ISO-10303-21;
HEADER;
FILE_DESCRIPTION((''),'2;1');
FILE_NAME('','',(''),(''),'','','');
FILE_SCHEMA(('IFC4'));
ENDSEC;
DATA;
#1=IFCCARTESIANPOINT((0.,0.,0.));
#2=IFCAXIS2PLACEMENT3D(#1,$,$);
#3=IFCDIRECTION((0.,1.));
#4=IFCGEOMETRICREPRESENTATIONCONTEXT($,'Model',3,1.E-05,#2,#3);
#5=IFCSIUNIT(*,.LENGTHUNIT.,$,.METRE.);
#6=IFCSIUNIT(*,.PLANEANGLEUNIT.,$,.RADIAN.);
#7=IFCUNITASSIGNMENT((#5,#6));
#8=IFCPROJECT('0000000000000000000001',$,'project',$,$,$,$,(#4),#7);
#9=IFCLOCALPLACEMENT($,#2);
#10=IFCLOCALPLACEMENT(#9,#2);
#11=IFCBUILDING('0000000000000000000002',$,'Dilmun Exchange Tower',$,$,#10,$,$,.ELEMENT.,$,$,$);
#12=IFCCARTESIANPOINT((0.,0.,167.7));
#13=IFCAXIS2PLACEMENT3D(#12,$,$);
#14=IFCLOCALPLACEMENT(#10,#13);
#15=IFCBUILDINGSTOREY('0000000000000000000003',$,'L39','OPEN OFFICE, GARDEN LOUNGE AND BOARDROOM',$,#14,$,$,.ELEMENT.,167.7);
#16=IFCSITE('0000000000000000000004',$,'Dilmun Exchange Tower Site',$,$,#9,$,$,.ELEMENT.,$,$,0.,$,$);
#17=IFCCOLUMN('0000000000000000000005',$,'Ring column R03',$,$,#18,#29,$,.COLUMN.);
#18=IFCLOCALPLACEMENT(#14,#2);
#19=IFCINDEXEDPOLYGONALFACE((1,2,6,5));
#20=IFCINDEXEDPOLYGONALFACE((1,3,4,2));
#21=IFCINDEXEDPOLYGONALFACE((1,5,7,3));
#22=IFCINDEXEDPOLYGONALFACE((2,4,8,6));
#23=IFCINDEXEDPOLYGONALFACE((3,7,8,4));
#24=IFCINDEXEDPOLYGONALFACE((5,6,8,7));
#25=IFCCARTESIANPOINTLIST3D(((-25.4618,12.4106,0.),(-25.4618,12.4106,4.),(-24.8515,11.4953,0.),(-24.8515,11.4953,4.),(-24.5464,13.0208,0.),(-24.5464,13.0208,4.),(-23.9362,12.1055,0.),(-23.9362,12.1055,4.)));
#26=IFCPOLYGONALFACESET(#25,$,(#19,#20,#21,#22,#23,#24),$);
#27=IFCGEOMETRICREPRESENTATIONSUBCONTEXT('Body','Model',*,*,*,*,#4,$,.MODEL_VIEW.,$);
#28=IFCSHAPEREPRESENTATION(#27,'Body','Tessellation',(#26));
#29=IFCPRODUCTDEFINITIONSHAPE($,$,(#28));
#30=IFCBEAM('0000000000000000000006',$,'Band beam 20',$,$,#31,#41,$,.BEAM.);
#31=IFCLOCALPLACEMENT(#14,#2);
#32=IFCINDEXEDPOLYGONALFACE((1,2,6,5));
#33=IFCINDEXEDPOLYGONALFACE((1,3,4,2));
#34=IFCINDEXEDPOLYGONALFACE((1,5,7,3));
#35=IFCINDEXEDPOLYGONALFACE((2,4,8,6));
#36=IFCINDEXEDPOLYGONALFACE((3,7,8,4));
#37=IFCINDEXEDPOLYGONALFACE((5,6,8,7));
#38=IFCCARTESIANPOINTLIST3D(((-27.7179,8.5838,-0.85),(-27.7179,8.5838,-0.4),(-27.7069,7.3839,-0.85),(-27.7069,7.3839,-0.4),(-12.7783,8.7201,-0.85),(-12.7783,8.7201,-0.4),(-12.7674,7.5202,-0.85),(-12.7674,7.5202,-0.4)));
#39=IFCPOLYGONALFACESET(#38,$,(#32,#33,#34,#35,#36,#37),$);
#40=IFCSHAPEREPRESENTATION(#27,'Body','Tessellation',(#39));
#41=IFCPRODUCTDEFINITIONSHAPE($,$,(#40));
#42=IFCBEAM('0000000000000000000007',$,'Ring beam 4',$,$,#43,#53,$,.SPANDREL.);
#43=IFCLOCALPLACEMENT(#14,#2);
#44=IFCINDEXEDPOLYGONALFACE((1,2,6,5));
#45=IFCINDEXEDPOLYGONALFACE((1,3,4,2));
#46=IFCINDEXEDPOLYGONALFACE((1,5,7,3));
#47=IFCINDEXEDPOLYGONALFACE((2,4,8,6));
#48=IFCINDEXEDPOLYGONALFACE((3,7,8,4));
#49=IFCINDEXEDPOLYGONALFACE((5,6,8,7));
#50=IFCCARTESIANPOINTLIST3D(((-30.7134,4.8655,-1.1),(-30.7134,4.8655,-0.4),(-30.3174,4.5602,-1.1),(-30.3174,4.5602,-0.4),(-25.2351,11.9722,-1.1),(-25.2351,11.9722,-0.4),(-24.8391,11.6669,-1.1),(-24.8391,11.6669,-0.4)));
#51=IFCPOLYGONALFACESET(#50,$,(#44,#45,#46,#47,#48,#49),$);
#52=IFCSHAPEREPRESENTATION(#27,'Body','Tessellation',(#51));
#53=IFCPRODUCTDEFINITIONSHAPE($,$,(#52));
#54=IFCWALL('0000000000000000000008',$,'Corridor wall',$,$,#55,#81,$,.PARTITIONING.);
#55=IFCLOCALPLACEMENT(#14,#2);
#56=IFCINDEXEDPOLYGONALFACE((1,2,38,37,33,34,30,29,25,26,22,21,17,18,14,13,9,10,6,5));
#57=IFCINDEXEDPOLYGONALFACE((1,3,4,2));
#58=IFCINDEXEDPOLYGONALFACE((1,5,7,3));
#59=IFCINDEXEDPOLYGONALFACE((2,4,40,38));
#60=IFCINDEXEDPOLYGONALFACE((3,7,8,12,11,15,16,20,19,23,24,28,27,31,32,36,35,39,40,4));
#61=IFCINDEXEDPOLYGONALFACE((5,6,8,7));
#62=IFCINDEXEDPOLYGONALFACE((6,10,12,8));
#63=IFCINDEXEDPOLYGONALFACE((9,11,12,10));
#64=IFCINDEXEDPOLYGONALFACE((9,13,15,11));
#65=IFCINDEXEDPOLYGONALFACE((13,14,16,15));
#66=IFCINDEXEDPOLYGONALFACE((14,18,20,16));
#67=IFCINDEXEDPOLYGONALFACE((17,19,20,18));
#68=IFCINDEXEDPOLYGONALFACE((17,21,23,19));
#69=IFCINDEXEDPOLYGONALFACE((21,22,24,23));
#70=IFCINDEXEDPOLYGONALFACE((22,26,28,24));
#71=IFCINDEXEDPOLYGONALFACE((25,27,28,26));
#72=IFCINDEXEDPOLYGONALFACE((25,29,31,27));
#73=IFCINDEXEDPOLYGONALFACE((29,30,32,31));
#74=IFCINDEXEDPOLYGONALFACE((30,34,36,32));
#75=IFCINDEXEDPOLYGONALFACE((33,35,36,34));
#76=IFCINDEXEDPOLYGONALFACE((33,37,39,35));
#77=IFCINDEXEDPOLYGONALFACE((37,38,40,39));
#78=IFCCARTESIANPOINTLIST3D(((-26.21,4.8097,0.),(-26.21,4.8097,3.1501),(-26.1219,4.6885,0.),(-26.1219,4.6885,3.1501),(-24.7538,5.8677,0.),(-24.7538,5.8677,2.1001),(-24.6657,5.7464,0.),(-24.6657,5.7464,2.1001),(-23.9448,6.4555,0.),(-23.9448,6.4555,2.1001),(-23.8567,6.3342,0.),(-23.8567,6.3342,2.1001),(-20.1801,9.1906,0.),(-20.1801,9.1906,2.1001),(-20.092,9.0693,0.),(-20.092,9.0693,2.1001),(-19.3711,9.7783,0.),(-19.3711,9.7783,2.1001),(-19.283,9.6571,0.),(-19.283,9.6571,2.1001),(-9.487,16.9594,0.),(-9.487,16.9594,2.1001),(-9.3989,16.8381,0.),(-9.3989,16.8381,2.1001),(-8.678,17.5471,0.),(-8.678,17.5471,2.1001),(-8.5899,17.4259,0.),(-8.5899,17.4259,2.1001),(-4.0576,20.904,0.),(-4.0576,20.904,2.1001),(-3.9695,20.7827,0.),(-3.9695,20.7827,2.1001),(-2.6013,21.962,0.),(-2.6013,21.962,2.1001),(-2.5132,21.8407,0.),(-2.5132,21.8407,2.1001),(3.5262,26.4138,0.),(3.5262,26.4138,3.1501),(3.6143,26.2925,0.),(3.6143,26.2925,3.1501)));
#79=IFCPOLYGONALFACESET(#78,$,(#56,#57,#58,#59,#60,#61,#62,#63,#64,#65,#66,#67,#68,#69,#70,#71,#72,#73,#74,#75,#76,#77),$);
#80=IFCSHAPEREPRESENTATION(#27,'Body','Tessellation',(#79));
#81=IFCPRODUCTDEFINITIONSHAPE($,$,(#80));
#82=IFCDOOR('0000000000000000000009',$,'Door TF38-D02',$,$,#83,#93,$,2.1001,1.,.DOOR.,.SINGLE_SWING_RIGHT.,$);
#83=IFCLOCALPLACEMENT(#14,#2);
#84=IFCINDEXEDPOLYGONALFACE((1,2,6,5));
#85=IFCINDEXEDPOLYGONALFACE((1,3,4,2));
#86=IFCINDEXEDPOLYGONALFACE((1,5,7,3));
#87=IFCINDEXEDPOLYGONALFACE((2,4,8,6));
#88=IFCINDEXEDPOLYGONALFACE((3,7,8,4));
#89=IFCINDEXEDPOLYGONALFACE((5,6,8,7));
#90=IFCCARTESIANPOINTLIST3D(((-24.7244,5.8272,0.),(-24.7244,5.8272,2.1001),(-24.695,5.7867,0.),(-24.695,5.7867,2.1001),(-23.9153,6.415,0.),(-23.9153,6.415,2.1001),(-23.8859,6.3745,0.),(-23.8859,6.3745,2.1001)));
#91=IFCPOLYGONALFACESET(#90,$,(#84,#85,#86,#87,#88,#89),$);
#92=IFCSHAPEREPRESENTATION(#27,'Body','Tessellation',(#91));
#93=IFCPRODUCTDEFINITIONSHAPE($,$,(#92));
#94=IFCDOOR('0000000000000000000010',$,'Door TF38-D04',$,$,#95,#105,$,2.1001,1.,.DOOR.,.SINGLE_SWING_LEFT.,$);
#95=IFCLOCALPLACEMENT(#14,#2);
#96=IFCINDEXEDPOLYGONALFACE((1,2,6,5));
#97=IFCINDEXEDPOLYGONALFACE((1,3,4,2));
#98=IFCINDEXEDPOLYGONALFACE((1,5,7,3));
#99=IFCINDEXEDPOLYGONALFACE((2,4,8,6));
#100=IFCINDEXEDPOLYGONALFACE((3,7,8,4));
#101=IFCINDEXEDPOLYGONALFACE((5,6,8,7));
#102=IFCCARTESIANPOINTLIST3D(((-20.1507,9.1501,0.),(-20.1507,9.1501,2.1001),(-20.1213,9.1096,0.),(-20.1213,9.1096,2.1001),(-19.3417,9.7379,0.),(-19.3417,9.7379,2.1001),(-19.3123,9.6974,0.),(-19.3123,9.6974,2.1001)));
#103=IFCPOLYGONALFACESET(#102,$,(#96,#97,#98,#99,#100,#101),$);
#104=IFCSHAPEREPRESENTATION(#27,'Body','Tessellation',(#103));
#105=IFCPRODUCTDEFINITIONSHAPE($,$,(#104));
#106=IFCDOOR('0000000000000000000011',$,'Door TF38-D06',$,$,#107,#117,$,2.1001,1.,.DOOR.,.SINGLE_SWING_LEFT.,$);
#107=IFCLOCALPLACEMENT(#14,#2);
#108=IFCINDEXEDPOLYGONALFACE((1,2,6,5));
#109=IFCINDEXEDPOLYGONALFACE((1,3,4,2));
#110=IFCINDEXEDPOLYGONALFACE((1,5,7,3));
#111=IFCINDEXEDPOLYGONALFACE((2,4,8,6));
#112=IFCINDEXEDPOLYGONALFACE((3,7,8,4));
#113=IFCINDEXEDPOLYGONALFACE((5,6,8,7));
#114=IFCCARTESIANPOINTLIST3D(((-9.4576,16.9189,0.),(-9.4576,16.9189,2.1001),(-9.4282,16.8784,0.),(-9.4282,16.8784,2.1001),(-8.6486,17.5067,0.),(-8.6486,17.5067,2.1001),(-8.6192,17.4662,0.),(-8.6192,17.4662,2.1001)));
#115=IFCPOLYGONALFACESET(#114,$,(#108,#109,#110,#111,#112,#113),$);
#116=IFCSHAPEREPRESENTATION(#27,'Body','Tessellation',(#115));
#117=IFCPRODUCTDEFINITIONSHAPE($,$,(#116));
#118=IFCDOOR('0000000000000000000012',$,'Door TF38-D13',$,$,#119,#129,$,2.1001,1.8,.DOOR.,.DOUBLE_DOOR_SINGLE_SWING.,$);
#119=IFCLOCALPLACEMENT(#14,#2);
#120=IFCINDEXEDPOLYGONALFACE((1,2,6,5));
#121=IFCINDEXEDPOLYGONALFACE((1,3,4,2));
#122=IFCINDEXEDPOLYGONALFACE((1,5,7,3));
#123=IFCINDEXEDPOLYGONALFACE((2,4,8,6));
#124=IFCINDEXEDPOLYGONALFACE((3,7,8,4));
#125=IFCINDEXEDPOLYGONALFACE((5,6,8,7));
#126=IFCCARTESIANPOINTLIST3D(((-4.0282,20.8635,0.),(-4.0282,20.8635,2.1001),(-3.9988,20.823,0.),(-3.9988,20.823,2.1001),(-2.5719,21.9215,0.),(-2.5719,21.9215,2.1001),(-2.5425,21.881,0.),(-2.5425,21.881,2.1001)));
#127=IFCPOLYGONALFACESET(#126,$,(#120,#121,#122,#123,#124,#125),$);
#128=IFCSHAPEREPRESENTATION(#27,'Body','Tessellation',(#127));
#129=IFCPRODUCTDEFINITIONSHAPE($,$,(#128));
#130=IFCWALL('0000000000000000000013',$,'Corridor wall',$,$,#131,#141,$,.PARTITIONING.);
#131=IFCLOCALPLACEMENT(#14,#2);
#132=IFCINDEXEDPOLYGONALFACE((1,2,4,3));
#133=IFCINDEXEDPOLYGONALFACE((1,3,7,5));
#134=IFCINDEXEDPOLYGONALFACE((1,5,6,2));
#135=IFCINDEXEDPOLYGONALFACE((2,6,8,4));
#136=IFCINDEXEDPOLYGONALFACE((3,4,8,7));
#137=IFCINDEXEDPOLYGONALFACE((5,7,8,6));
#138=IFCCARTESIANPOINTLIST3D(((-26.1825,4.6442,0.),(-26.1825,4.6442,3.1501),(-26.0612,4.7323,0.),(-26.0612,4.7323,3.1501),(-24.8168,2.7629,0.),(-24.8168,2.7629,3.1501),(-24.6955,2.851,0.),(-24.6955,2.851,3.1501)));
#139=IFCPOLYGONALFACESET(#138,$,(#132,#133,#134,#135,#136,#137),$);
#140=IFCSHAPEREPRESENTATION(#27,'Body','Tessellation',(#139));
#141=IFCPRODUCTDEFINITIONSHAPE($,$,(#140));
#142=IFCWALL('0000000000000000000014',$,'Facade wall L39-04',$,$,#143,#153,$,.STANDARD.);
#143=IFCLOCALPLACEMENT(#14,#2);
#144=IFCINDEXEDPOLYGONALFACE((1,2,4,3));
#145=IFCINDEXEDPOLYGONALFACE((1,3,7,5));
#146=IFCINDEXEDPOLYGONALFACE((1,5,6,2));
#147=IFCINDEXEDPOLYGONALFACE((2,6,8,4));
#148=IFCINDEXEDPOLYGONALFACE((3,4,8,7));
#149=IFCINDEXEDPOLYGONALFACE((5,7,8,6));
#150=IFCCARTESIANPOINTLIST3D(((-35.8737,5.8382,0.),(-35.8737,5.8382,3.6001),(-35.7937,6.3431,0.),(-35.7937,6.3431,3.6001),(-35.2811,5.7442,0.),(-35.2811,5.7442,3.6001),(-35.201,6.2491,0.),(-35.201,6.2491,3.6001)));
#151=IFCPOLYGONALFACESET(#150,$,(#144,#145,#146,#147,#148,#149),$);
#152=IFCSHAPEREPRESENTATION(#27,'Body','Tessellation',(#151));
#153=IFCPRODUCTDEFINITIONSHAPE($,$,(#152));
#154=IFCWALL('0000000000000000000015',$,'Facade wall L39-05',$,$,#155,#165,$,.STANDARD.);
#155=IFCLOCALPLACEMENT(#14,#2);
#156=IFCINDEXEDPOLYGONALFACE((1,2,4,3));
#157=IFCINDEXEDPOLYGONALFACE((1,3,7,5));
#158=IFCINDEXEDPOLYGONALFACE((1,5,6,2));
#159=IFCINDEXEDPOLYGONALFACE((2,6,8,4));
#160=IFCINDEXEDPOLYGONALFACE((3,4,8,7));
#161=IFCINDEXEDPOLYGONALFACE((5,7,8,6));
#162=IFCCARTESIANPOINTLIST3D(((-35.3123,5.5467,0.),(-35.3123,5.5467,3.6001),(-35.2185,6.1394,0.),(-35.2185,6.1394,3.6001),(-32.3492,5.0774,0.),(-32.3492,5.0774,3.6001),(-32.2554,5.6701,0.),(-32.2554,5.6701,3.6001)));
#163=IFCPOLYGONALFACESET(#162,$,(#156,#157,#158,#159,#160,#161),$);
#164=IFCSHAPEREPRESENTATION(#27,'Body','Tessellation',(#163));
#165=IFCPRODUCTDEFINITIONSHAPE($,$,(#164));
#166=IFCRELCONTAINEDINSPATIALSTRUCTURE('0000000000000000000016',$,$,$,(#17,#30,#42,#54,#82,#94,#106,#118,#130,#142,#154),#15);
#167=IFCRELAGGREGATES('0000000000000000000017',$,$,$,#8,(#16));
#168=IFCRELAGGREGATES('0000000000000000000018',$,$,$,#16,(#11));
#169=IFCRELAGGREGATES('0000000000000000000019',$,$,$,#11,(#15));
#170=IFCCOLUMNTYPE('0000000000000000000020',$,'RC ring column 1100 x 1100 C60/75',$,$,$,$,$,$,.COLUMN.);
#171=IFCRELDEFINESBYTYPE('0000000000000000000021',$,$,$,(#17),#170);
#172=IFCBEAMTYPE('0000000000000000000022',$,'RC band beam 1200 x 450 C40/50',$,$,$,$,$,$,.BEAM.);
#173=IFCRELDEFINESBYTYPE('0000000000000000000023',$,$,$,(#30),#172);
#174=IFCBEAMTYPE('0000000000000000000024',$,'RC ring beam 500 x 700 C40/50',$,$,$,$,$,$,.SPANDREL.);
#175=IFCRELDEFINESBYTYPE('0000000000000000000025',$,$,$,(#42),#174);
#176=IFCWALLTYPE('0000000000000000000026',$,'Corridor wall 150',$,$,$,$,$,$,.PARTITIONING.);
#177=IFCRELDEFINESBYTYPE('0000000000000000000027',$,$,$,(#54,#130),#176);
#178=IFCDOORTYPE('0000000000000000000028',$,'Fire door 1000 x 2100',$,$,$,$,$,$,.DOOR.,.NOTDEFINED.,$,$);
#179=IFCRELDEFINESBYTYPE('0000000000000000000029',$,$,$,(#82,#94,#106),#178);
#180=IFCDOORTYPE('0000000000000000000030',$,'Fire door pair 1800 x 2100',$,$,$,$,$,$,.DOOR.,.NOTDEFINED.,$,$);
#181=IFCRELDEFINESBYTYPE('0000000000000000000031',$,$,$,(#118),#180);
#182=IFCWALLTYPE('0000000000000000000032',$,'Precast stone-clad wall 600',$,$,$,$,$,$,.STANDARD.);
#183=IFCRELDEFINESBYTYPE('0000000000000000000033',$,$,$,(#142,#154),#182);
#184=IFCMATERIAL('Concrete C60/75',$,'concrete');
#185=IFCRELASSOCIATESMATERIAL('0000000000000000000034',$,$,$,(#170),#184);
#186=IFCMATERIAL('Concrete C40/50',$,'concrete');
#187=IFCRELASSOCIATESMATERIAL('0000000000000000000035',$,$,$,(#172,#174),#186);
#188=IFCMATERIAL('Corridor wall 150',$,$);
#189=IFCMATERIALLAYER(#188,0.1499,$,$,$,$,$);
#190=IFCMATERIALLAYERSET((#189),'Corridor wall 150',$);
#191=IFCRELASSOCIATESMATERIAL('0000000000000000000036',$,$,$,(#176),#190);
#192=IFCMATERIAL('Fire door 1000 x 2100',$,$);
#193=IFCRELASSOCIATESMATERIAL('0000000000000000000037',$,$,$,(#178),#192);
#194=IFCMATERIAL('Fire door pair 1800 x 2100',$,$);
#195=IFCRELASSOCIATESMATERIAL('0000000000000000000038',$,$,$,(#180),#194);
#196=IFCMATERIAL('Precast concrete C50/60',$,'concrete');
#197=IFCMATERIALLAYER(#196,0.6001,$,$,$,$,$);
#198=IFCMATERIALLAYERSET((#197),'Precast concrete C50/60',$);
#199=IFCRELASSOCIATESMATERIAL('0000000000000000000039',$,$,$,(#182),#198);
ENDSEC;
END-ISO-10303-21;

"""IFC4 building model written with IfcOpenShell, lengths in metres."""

from ifc_helpers import new_model, si_unit, direction, frame, frame_2d, origin, origin_2d, place, context, subcontext, project, spatial, rectangle, extrude, material, layer, layer_set, material_profile, profile_set, type_object, element, fill, save


model = new_model("IFC4")

# Units and contexts
model_context = context("Model", 3, precision=1e-05, world=origin(), true_north=direction((0.0, 1.0)))
body_context = subcontext(model_context, "Body", "Model", "MODEL_VIEW")
ifc_project = project(units=[si_unit("LENGTHUNIT", "METRE"), si_unit("PLANEANGLEUNIT", "RADIAN")], contexts=[model_context])

# Site, building, storey
site_placement = place(None, origin())
site = spatial("IfcSite", under=ifc_project, at=site_placement, Name="Dilmun Exchange Tower Site", CompositionType="ELEMENT", RefElevation=0.0)
building_placement = place(site_placement, origin())
building = spatial("IfcBuilding", under=site, at=building_placement, Name="Dilmun Exchange Tower", CompositionType="ELEMENT")
storey_placement = place(building_placement, frame((0.0, 0.0, 167.7)))
storey = spatial("IfcBuildingStorey", under=building, at=storey_placement, Name="L39", Description="OPEN OFFICE, GARDEN LOUNGE AND BOARDROOM", CompositionType="ELEMENT", Elevation=167.7)

# Column
ifc_material_1 = material(Name="Concrete C60/75", Category="concrete")
ifc_material_profile_1 = material_profile(ifc_material_1, rectangle(XDim=1.1001, YDim=1.1001, at=origin_2d()), Name="1100 x 1100")
ifc_profile_set_1 = profile_set([ifc_material_profile_1], Name="Concrete C60/75")
column_type = type_object("IfcColumnType", Name="RC ring column 1100 x 1100 C60/75", PredefinedType="COLUMN", material=ifc_profile_set_1)
column_placement = place(storey_placement, frame((-24.699, 12.2581, 0.0), z_axis=(0.0, 0.0, 1.0), x_axis=(0.832029, 0.554733, 0.0)))
element("IfcColumn", 1, at=column_placement, inside=storey, type_object=column_type, Name="Ring column R03", PredefinedType="COLUMN", context=body_context, shape_type="SweptSolid", body=[
    extrude(rectangle(XDim=1.1001, YDim=1.1001, at=origin_2d()), origin(), (0.0, 0.0, 1.0), 4.0),
])

# Beams
ifc_material_2 = material(Name="Concrete C40/50", Category="concrete")
ifc_material_profile_2 = material_profile(ifc_material_2, rectangle(XDim=1.2, YDim=0.45, at=origin_2d()), Name="1200 x 450")
ifc_profile_set_2 = profile_set([ifc_material_profile_2], Name="Concrete C40/50")
beam_type_1 = type_object("IfcBeamType", Name="RC band beam 1200 x 450 C40/50", PredefinedType="BEAM", material=ifc_profile_set_2)
beam_1_placement = place(storey_placement, frame((-27.7124, 7.9839, -0.625), z_axis=(0.999958, 0.009118, 0.0), x_axis=(-0.009118, 0.999958, 0.0)))
element("IfcBeam", 2, at=beam_1_placement, inside=storey, type_object=beam_type_1, Name="Band beam 20", PredefinedType="BEAM", context=body_context, shape_type="SweptSolid", body=[
    extrude(rectangle(XDim=1.2, YDim=0.45, at=origin_2d()), origin(), (0.0, 0.0, 1.0), 14.9402),
])
ifc_material_profile_3 = material_profile(ifc_material_2, rectangle(XDim=0.5, YDim=0.7, at=origin_2d()), Name="500 x 700")
ifc_profile_set_3 = profile_set([ifc_material_profile_3], Name="Concrete C40/50")
beam_type_2 = type_object("IfcBeamType", Name="RC ring beam 500 x 700 C40/50", PredefinedType="SPANDREL", material=ifc_profile_set_3)
beam_2_placement = place(storey_placement, frame((-25.0371, 11.8196, -0.75), z_axis=(-0.610522, -0.792, 0.0), x_axis=(0.792, -0.610522, 0.0)))
element("IfcBeam", 3, at=beam_2_placement, inside=storey, type_object=beam_type_2, Name="Ring beam 4", PredefinedType="SPANDREL", context=body_context, shape_type="SweptSolid", body=[
    extrude(rectangle(XDim=0.5, YDim=0.7, at=origin_2d()), origin(), (0.0, 0.0, 1.0), 8.9731),
])

# Wall, openings, doors
ifc_material_3 = material(Name="Corridor wall 150")
ifc_layer_1 = layer(ifc_material_3, 0.1499)
ifc_layer_set_1 = layer_set([ifc_layer_1], Name="Corridor wall 150")
wall_type_1 = type_object("IfcWallType", Name="Corridor wall 150", PredefinedType="PARTITIONING", material=ifc_layer_set_1)
wall_1_placement = place(storey_placement, frame((-26.166, 4.749, 0.0), z_axis=(0.0, 0.0, 1.0), x_axis=(0.809024, 0.587776, 0.0)))
wall_1 = element("IfcWall", 4, at=wall_1_placement, inside=storey, type_object=wall_type_1, Name="Corridor wall", PredefinedType="PARTITIONING", context=body_context, shape_type="SweptSolid", body=[
    extrude(rectangle(XDim=36.7556, YDim=0.1499, at=frame_2d((18.3779, 0.0))), origin(), (0.0, 0.0, 1.0), 3.1501),
])
opening_1_placement = place(wall_1_placement, frame((1.8, 0.0, 0.0)))
opening_1 = element("IfcOpeningElement", 5, at=opening_1_placement, cuts=wall_1, PredefinedType="OPENING", context=body_context, shape_type="SweptSolid", body=[
    extrude(rectangle(XDim=1.0, YDim=2.1001, at=frame_2d((0.5, 1.05))), frame((0.0, 0.085, 0.0), z_axis=(0.0, -1.0, 0.0), x_axis=(1.0, 0.0, 0.0)), (0.0, 0.0, 1.0), 0.1699),
])
opening_2_placement = place(wall_1_placement, frame((7.4534, 0.0, 0.0)))
opening_2 = element("IfcOpeningElement", 6, at=opening_2_placement, cuts=wall_1, PredefinedType="OPENING", context=body_context, shape_type="SweptSolid", body=[
    extrude(rectangle(XDim=1.0, YDim=2.1001, at=frame_2d((0.5, 1.05))), frame((0.0, 0.085, 0.0), z_axis=(0.0, -1.0, 0.0), x_axis=(1.0, 0.0, 0.0)), (0.0, 0.0, 1.0), 0.1699),
])
opening_3_placement = place(wall_1_placement, frame((20.6707, 0.0, 0.0)))
opening_3 = element("IfcOpeningElement", 7, at=opening_3_placement, cuts=wall_1, PredefinedType="OPENING", context=body_context, shape_type="SweptSolid", body=[
    extrude(rectangle(XDim=1.0, YDim=2.1001, at=frame_2d((0.5, 1.05))), frame((0.0, 0.085, 0.0), z_axis=(0.0, -1.0, 0.0), x_axis=(1.0, 0.0, 0.0)), (0.0, 0.0, 1.0), 0.1699),
])
opening_4_placement = place(wall_1_placement, frame((27.3818, 0.0, 0.0)))
opening_4 = element("IfcOpeningElement", 8, at=opening_4_placement, cuts=wall_1, PredefinedType="OPENING", context=body_context, shape_type="SweptSolid", body=[
    extrude(rectangle(XDim=1.8, YDim=2.1001, at=frame_2d((0.8999, 1.05))), frame((0.0, 0.085, 0.0), z_axis=(0.0, -1.0, 0.0), x_axis=(1.0, 0.0, 0.0)), (0.0, 0.0, 1.0), 0.1699),
])
ifc_material_4 = material(Name="Fire door 1000 x 2100")
door_type_1 = type_object("IfcDoorType", Name="Fire door 1000 x 2100", OperationType="NOTDEFINED", PredefinedType="DOOR", material=ifc_material_4)
door_1_placement = place(opening_1_placement, origin())
door_1 = element("IfcDoor", 9, at=door_1_placement, inside=storey, type_object=door_type_1, Name="Door TF38-D02", OperationType="SINGLE_SWING_RIGHT", OverallHeight=2.1001, OverallWidth=1.0, PredefinedType="DOOR", context=body_context, shape_type="SweptSolid", body=[
    extrude(rectangle(XDim=1.0, YDim=2.1001, at=frame_2d((0.5, 1.05))), frame((0.0, 0.0249, 0.0), z_axis=(0.0, -1.0, 0.0), x_axis=(1.0, 0.0, 0.0)), (0.0, 0.0, 1.0), 0.05),
])
fill(opening_1, door_1)
door_2_placement = place(opening_2_placement, origin())
door_2 = element("IfcDoor", 10, at=door_2_placement, inside=storey, type_object=door_type_1, Name="Door TF38-D04", OperationType="SINGLE_SWING_LEFT", OverallHeight=2.1001, OverallWidth=1.0, PredefinedType="DOOR", context=body_context, shape_type="SweptSolid", body=[
    extrude(rectangle(XDim=1.0, YDim=2.1001, at=frame_2d((0.5, 1.05))), frame((0.0, 0.0249, 0.0), z_axis=(0.0, -1.0, 0.0), x_axis=(1.0, 0.0, 0.0)), (0.0, 0.0, 1.0), 0.05),
])
fill(opening_2, door_2)
door_3_placement = place(opening_3_placement, origin())
door_3 = element("IfcDoor", 11, at=door_3_placement, inside=storey, type_object=door_type_1, Name="Door TF38-D06", OperationType="SINGLE_SWING_LEFT", OverallHeight=2.1001, OverallWidth=1.0, PredefinedType="DOOR", context=body_context, shape_type="SweptSolid", body=[
    extrude(rectangle(XDim=1.0, YDim=2.1001, at=frame_2d((0.5, 1.05))), frame((0.0, 0.0249, 0.0), z_axis=(0.0, -1.0, 0.0), x_axis=(1.0, 0.0, 0.0)), (0.0, 0.0, 1.0), 0.05),
])
fill(opening_3, door_3)
ifc_material_5 = material(Name="Fire door pair 1800 x 2100")
door_type_2 = type_object("IfcDoorType", Name="Fire door pair 1800 x 2100", OperationType="NOTDEFINED", PredefinedType="DOOR", material=ifc_material_5)
door_4_placement = place(opening_4_placement, origin())
door_4 = element("IfcDoor", 12, at=door_4_placement, inside=storey, type_object=door_type_2, Name="Door TF38-D13", OperationType="DOUBLE_DOOR_SINGLE_SWING", OverallHeight=2.1001, OverallWidth=1.8, PredefinedType="DOOR", context=body_context, shape_type="SweptSolid", body=[
    extrude(rectangle(XDim=1.8, YDim=2.1001, at=frame_2d((0.8999, 1.05))), frame((0.0, 0.0249, 0.0), z_axis=(0.0, -1.0, 0.0), x_axis=(1.0, 0.0, 0.0)), (0.0, 0.0, 1.0), 0.05),
])
fill(opening_4, door_4)

# Walls
wall_2_placement = place(storey_placement, frame((-26.1218, 4.6882, 0.0), z_axis=(0.0, 0.0, 1.0), x_axis=(0.58746, -0.809253, 0.0)))
element("IfcWall", 13, at=wall_2_placement, inside=storey, type_object=wall_type_1, Name="Corridor wall", PredefinedType="PARTITIONING", context=body_context, shape_type="SweptSolid", body=[
    extrude(rectangle(XDim=2.3247, YDim=0.1499, at=frame_2d((1.1624, 0.0))), origin(), (0.0, 0.0, 1.0), 3.1501),
])
ifc_material_6 = material(Name="Precast concrete C50/60", Category="concrete")
ifc_layer_2 = layer(ifc_material_6, 0.6001)
ifc_layer_set_2 = layer_set([ifc_layer_2], Name="Precast concrete C50/60")
wall_type_2 = type_object("IfcWallType", Name="Precast stone-clad wall 600", PredefinedType="STANDARD", material=ifc_layer_set_2)
wall_3_placement = place(storey_placement, frame((-35.4973, 6.2961, 0.0), z_axis=(0.0, 0.0, 1.0), x_axis=(-0.156649, -0.987654, 0.0)))
element("IfcWall", 14, at=wall_3_placement, inside=storey, type_object=wall_type_2, Name="Facade wall L39-04", PredefinedType="STANDARD", context=body_context, shape_type="SweptSolid", body=[
    extrude(rectangle(XDim=0.5112, YDim=0.6001, at=frame_2d((0.2556, 0.0))), origin(), (0.0, 0.0, 1.0), 3.6001),
])
wall_4_placement = place(storey_placement, frame((-35.2654, 5.843, 0.0), z_axis=(0.0, 0.0, 1.0), x_axis=(0.987692, -0.15641, 0.0)))
element("IfcWall", 15, at=wall_4_placement, inside=storey, type_object=wall_type_2, Name="Facade wall L39-05", PredefinedType="STANDARD", context=body_context, shape_type="SweptSolid", body=[
    extrude(rectangle(XDim=3.0, YDim=0.6001, at=frame_2d((1.5, 0.0))), origin(), (0.0, 0.0, 1.0), 3.6001),
])

save(model, "model.ifc")
